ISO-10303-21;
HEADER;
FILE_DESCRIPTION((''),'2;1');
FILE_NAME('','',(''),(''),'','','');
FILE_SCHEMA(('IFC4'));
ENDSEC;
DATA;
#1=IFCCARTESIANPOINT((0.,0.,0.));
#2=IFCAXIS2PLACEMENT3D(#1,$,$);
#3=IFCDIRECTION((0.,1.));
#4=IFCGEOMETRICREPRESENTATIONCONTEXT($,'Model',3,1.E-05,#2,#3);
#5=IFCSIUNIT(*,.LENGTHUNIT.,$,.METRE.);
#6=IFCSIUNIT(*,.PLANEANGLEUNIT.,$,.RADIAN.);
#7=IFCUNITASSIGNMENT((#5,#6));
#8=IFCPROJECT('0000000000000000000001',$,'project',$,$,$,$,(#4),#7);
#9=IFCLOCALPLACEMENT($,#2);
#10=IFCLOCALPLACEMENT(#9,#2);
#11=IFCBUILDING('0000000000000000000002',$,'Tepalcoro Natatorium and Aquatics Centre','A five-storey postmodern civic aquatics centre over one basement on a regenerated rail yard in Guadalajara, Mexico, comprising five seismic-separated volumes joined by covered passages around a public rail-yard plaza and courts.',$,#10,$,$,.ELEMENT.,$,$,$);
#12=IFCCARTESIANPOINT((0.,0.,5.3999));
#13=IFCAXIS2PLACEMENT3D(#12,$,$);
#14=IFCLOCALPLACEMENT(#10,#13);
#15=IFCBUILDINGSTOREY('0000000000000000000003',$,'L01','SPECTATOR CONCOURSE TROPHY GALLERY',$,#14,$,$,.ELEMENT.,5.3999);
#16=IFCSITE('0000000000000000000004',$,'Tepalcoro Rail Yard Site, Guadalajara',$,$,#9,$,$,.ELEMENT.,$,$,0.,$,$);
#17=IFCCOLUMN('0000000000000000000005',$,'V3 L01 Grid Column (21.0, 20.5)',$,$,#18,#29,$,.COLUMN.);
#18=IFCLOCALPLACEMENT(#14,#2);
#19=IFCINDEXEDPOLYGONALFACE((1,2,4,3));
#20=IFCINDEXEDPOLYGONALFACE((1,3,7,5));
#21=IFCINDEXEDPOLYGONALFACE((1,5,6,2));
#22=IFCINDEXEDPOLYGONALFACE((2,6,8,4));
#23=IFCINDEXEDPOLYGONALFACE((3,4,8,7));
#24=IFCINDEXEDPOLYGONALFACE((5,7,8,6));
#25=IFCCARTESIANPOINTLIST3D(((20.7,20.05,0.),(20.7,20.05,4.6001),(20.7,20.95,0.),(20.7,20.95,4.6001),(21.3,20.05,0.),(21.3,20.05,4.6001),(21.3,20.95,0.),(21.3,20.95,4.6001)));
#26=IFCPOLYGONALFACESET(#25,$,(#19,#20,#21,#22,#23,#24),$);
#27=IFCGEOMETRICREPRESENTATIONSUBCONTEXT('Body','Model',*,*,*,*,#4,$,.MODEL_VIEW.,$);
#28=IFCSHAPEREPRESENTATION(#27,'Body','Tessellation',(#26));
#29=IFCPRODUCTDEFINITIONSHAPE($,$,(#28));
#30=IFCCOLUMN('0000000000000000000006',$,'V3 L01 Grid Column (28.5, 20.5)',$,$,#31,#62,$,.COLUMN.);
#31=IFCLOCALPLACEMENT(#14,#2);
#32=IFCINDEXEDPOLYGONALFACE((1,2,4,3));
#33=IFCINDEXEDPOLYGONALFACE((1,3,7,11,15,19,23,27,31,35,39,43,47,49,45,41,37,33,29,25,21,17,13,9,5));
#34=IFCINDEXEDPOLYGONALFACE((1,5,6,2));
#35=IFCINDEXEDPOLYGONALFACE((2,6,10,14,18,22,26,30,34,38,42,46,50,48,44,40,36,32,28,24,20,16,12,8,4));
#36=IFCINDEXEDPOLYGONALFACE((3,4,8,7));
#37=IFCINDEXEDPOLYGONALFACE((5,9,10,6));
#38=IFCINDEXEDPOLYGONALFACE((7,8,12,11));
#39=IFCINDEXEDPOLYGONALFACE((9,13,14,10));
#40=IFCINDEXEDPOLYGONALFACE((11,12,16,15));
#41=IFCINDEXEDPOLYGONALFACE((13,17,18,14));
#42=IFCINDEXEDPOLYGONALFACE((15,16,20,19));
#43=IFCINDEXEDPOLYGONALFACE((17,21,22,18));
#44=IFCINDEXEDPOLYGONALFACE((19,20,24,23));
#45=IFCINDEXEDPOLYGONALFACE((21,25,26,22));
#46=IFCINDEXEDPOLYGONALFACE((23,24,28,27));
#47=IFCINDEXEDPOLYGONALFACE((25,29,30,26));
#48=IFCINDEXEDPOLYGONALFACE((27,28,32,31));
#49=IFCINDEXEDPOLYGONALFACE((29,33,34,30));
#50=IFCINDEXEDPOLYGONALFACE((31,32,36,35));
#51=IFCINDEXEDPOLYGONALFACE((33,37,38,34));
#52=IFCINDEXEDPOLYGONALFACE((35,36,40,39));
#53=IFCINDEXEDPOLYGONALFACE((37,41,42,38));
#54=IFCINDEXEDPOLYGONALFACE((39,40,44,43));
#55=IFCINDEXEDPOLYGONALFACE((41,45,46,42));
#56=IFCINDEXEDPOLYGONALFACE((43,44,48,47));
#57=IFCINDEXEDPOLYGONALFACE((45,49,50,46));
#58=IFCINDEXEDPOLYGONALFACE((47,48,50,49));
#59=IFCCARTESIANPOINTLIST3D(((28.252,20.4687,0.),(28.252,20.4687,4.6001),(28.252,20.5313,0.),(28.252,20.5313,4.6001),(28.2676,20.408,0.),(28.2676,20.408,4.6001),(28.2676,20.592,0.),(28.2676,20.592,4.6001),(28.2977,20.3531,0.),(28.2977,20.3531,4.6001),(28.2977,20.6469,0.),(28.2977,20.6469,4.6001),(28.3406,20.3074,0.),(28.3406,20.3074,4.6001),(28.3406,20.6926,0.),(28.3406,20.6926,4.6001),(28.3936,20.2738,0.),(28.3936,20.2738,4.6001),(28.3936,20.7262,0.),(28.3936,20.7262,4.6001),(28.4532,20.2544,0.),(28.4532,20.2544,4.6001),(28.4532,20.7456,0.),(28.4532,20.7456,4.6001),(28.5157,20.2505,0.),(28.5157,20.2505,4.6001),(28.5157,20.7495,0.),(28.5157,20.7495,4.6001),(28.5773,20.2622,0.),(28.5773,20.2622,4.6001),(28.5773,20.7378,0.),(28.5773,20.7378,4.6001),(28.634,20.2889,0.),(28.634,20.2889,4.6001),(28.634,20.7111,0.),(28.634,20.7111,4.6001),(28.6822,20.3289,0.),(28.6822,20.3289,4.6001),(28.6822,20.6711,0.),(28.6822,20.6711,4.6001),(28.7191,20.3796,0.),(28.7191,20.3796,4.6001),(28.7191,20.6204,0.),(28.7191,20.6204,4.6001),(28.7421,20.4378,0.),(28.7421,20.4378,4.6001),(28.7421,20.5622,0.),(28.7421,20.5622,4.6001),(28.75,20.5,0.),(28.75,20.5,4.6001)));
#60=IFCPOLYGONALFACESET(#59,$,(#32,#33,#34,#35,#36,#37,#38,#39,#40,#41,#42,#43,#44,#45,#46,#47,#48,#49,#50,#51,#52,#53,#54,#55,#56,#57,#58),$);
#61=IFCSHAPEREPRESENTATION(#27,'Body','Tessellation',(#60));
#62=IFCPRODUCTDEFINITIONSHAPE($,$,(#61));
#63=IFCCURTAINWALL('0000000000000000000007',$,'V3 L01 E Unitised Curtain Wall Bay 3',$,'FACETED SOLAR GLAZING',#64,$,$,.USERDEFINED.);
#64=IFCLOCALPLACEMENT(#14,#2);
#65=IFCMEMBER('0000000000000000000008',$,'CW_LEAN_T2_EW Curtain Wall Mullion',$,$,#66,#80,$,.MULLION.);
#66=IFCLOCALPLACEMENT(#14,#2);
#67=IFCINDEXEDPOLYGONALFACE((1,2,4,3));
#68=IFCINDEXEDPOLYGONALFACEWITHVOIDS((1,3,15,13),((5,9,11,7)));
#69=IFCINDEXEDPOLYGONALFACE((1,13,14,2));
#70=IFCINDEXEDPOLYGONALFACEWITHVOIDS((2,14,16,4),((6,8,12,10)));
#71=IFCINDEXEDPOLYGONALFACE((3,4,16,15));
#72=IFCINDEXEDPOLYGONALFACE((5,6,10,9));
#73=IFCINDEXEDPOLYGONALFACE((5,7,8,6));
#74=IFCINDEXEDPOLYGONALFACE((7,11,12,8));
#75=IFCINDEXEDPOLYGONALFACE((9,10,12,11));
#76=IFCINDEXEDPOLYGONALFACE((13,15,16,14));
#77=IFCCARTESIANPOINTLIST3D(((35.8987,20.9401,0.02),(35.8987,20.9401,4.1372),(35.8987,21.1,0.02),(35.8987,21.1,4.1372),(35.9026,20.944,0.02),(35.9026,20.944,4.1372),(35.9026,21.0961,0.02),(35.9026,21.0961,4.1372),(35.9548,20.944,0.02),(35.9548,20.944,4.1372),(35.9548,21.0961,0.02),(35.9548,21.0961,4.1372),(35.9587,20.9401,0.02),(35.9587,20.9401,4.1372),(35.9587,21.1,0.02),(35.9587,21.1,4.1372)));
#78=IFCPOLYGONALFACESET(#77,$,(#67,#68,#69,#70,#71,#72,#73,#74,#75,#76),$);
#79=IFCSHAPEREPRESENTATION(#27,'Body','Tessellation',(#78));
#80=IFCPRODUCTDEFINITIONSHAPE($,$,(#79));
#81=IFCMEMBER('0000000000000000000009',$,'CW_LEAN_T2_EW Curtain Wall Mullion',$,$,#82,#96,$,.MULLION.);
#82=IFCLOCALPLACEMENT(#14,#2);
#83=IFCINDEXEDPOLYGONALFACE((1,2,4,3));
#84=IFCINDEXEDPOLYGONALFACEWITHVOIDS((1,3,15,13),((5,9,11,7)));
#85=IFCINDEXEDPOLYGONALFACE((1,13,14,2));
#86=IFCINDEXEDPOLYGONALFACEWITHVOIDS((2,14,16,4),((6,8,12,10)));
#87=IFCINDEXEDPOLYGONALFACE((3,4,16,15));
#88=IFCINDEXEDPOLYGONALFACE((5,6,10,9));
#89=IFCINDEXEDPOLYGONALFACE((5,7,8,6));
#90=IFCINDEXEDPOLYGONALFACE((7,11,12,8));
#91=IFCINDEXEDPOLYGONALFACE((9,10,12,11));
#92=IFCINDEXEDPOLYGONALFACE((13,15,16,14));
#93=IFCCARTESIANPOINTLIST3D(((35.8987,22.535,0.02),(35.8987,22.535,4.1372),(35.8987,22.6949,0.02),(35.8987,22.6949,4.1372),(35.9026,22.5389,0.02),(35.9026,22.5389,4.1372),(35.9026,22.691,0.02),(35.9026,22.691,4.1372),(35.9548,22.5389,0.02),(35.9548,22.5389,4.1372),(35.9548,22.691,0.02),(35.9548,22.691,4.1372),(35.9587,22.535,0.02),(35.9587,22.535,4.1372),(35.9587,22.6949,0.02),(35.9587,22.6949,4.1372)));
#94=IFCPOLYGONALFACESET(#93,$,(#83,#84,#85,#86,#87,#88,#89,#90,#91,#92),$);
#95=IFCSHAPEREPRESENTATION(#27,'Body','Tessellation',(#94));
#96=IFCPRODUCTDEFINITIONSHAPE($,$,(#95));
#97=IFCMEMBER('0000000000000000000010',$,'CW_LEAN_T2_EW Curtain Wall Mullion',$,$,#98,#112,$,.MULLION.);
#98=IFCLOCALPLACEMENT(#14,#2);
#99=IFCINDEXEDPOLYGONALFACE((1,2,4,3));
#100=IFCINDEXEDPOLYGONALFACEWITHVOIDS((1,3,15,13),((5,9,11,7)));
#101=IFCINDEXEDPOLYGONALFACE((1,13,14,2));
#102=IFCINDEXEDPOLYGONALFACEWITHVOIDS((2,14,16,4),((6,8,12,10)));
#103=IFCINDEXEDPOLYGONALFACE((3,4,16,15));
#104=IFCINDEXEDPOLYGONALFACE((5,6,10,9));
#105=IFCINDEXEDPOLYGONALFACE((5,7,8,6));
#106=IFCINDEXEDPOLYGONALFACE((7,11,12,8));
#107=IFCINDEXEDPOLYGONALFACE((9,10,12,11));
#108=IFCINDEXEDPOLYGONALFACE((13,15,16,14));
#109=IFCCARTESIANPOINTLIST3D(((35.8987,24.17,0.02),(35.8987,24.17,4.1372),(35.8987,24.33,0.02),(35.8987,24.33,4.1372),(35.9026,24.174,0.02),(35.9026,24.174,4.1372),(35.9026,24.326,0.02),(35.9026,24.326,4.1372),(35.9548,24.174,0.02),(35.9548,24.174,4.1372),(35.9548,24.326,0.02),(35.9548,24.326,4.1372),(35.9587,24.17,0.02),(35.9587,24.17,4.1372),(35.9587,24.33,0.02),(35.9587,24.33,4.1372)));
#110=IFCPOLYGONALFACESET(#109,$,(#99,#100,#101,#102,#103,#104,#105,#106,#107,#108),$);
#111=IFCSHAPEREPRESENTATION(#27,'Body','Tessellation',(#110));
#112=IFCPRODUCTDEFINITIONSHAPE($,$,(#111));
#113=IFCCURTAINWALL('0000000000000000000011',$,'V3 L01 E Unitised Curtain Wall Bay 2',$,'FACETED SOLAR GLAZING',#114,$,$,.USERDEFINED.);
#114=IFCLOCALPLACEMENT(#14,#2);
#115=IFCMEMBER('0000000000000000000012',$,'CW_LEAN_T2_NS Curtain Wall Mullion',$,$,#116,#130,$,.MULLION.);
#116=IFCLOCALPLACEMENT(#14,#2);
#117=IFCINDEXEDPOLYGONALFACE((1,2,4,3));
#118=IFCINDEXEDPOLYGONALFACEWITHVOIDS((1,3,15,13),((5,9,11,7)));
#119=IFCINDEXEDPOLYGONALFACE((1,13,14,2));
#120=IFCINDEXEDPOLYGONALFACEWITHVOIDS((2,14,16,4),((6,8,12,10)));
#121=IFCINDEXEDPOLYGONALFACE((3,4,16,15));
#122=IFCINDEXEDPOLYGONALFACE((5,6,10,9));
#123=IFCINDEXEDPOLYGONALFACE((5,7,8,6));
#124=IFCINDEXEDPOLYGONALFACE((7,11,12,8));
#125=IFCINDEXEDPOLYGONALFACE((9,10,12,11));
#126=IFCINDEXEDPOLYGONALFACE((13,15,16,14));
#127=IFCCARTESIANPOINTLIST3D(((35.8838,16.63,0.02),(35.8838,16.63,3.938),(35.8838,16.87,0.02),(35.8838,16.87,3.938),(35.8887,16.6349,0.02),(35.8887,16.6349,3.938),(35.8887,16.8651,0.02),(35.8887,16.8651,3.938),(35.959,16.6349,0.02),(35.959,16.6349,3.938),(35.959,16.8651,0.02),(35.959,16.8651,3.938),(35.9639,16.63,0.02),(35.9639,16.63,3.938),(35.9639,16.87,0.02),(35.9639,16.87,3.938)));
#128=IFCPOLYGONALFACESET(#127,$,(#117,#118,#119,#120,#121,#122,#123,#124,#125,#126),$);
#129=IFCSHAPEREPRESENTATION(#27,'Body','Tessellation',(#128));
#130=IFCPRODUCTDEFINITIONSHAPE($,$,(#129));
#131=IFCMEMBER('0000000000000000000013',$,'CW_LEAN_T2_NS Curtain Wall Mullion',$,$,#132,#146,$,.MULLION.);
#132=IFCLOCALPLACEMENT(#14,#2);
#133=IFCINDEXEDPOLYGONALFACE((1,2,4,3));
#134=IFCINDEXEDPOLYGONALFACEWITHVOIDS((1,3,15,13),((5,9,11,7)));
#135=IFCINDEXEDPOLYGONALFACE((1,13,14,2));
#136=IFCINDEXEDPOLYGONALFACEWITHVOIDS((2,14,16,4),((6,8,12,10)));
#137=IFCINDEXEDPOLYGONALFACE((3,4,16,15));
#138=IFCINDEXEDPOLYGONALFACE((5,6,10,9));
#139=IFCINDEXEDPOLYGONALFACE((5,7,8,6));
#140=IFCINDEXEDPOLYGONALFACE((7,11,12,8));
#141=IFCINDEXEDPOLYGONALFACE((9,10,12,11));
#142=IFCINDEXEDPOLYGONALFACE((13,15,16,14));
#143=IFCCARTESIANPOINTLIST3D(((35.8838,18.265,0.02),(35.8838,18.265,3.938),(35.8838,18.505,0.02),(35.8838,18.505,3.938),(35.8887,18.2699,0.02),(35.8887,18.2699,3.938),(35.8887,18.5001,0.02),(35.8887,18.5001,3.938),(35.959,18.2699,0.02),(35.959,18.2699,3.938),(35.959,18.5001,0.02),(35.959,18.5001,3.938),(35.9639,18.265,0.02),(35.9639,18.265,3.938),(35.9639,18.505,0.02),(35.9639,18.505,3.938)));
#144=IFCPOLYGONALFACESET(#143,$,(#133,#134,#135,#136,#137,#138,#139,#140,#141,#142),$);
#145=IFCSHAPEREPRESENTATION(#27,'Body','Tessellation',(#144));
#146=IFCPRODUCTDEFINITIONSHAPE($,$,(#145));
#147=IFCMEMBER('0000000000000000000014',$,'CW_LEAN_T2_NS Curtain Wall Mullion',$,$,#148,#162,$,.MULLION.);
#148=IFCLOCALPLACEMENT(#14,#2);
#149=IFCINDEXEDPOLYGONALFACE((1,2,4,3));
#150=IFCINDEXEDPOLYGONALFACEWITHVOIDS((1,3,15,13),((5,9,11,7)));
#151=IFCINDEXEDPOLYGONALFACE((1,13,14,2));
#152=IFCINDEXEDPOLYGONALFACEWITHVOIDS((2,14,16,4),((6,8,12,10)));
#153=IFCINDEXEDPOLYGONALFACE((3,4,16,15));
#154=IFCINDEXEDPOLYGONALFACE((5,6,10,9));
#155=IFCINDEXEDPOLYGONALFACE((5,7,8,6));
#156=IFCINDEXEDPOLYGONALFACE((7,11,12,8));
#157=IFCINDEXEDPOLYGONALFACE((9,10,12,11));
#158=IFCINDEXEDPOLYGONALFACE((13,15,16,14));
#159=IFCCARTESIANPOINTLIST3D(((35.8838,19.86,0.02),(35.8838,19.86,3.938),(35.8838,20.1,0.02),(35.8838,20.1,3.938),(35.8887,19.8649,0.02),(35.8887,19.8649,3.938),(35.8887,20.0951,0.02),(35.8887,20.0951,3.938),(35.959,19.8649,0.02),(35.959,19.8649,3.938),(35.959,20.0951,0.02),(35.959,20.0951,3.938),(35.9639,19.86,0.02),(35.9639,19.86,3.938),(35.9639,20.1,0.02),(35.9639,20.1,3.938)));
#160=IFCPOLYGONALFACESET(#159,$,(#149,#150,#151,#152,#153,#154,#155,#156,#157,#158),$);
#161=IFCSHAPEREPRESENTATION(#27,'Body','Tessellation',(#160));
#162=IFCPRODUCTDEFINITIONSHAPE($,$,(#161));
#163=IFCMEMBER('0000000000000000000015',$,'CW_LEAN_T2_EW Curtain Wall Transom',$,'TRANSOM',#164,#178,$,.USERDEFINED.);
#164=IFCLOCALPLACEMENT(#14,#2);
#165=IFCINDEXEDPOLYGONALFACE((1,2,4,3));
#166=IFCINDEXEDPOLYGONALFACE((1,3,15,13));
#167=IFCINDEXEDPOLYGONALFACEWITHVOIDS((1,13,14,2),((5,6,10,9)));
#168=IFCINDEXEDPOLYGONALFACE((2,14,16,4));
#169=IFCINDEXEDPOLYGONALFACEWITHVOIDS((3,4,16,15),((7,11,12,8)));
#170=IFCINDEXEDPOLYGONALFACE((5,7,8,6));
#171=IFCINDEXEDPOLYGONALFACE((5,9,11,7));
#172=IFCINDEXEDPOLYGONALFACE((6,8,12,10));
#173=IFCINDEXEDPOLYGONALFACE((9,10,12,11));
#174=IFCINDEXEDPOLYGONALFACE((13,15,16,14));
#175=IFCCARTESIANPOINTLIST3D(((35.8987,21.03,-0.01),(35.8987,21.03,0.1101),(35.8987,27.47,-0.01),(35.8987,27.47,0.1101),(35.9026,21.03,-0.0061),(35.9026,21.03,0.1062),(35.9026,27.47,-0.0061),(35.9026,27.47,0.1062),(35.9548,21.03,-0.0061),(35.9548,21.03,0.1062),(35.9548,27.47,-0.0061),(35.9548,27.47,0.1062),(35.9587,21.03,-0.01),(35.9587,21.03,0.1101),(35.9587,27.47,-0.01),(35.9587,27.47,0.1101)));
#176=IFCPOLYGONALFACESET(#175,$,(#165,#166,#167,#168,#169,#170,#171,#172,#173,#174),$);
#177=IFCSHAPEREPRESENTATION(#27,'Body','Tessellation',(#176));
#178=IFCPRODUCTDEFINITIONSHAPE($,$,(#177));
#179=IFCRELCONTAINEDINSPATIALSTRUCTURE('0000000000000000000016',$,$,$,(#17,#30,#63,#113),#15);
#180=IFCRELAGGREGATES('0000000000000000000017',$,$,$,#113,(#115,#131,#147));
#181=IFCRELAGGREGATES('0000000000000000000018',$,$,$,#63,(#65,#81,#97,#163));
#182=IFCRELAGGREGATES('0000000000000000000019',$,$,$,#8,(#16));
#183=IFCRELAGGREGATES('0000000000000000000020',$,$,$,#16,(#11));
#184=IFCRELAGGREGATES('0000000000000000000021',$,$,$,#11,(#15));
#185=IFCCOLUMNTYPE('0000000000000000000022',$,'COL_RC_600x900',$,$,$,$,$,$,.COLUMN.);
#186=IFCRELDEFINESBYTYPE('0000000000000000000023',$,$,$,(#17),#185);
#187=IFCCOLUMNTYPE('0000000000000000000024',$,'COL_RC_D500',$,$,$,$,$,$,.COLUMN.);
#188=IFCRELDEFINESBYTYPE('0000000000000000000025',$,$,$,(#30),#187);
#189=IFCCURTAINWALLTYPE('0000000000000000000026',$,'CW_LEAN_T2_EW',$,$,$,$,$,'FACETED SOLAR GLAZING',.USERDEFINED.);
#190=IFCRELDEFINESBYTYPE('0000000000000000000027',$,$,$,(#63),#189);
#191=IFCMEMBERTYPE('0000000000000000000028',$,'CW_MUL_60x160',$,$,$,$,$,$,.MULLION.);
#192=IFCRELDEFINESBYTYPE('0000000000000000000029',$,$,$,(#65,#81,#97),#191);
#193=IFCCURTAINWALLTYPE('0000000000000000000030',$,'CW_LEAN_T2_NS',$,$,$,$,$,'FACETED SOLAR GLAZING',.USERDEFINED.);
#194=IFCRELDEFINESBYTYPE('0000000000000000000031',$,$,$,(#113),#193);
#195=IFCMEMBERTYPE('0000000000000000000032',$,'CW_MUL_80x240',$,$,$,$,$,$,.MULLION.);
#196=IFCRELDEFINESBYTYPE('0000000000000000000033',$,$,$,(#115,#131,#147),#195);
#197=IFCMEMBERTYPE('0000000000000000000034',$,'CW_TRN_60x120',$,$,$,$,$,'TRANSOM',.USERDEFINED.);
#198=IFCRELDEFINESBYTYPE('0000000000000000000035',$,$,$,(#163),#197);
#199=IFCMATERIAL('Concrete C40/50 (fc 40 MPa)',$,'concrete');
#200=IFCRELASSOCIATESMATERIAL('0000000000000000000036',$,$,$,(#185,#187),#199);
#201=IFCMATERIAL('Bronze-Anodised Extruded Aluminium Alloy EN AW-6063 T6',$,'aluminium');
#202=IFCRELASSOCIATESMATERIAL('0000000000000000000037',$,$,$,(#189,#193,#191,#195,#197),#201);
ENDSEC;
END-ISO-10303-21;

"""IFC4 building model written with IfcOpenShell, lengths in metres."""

from ifc_helpers import new_model, si_unit, direction, frame, origin, origin_2d, place, context, subcontext, project, spatial, rectangle, hollow_rectangle, circle, extrude, material, material_profile, profile_set, type_object, element, aggregate, save


model = new_model("IFC4")

# Units and contexts
model_context = context("Model", 3, precision=1e-05, world=origin(), true_north=direction((0.0, 1.0)))
body_context = subcontext(model_context, "Body", "Model", "MODEL_VIEW")
ifc_project = project(units=[si_unit("LENGTHUNIT", "METRE"), si_unit("PLANEANGLEUNIT", "RADIAN")], contexts=[model_context])

# Site, building, storey
site_placement = place(None, origin())
site = spatial("IfcSite", under=ifc_project, at=site_placement, Name="Tepalcoro Rail Yard Site, Guadalajara", CompositionType="ELEMENT", RefElevation=0.0)
building_placement = place(site_placement, origin())
building = spatial("IfcBuilding", under=site, at=building_placement, Name="Tepalcoro Natatorium and Aquatics Centre", Description="A five-storey postmodern civic aquatics centre over one basement on a regenerated rail yard in Guadalajara, Mexico, comprising five seismic-separated volumes joined by covered passages around a public rail-yard plaza and courts.", CompositionType="ELEMENT")
storey_placement = place(building_placement, frame((0.0, 0.0, 5.3999)))
storey = spatial("IfcBuildingStorey", under=building, at=storey_placement, Name="L01", Description="SPECTATOR CONCOURSE TROPHY GALLERY", CompositionType="ELEMENT", Elevation=5.3999)

# Columns
ifc_material_1 = material(Name="Concrete C40/50 (fc 40 MPa)", Category="concrete")
ifc_material_profile_1 = material_profile(ifc_material_1, rectangle(XDim=0.6001, YDim=0.8999, at=origin_2d()), Name="RC600x900")
ifc_profile_set_1 = profile_set([ifc_material_profile_1], Name="Concrete C40/50 (fc 40 MPa)")
column_type_1 = type_object("IfcColumnType", Name="COL_RC_600x900", PredefinedType="COLUMN", material=ifc_profile_set_1)
column_1_placement = place(storey_placement, frame((21.0, 20.5, 0.0), z_axis=(0.0, 0.0, 1.0), x_axis=(1.0, 0.0, 0.0)))
element("IfcColumn", 1, at=column_1_placement, inside=storey, type_object=column_type_1, Name="V3 L01 Grid Column (21.0, 20.5)", PredefinedType="COLUMN", context=body_context, shape_type="SweptSolid", body=[
    extrude(rectangle(XDim=0.6001, YDim=0.8999, at=origin_2d()), origin(), (0.0, 0.0, 1.0), 4.6001),
])
ifc_material_profile_2 = material_profile(ifc_material_1, circle(Radius=0.25, at=origin_2d()), Name="RCD500")
ifc_profile_set_2 = profile_set([ifc_material_profile_2], Name="Concrete C40/50 (fc 40 MPa)")
column_type_2 = type_object("IfcColumnType", Name="COL_RC_D500", PredefinedType="COLUMN", material=ifc_profile_set_2)
column_2_placement = place(storey_placement, frame((28.5, 20.5, 0.0), z_axis=(0.0, 0.0, 1.0), x_axis=(1.0, 0.0, 0.0)))
element("IfcColumn", 2, at=column_2_placement, inside=storey, type_object=column_type_2, Name="V3 L01 Grid Column (28.5, 20.5)", PredefinedType="COLUMN", context=body_context, shape_type="SweptSolid", body=[
    extrude(circle(Radius=0.25, at=origin_2d()), origin(), (0.0, 0.0, 1.0), 4.6001),
])

# Curtain walls, members
ifc_material_2 = material(Name="Bronze-Anodised Extruded Aluminium Alloy EN AW-6063 T6", Category="aluminium")
curtain_wall_type_1 = type_object("IfcCurtainWallType", Name="CW_LEAN_T2_EW", ElementType="FACETED SOLAR GLAZING", PredefinedType="USERDEFINED", material=ifc_material_2)
curtain_wall_1_placement = place(storey_placement, origin())
curtain_wall_1 = element("IfcCurtainWall", 3, at=curtain_wall_1_placement, inside=storey, type_object=curtain_wall_type_1, Name="V3 L01 E Unitised Curtain Wall Bay 3", ObjectType="FACETED SOLAR GLAZING", PredefinedType="USERDEFINED")
ifc_material_profile_3 = material_profile(ifc_material_2, hollow_rectangle(XDim=0.0601, YDim=0.1599, WallThickness=0.0039, at=origin_2d()), Name="AL60X160X4")
ifc_profile_set_3 = profile_set([ifc_material_profile_3], Name="Bronze-Anodised Extruded Aluminium Alloy EN AW-6063 T6")
member_type_1 = type_object("IfcMemberType", Name="CW_MUL_60x160", PredefinedType="MULLION", material=ifc_profile_set_3)
member_1_placement = place(storey_placement, frame((35.9287, 21.02, 0.02), z_axis=(0.0, 0.0, 1.0), x_axis=(1.0, 0.0, 0.0)))
member_1 = element("IfcMember", 4, at=member_1_placement, type_object=member_type_1, Name="CW_LEAN_T2_EW Curtain Wall Mullion", PredefinedType="MULLION", context=body_context, shape_type="SweptSolid", body=[
    extrude(hollow_rectangle(XDim=0.0601, YDim=0.1599, WallThickness=0.0039, at=origin_2d()), origin(), (0.0, 0.0, 1.0), 4.1172),
])
member_2_placement = place(storey_placement, frame((35.9287, 22.615, 0.02), z_axis=(0.0, 0.0, 1.0), x_axis=(1.0, 0.0, 0.0)))
member_2 = element("IfcMember", 5, at=member_2_placement, type_object=member_type_1, Name="CW_LEAN_T2_EW Curtain Wall Mullion", PredefinedType="MULLION", context=body_context, shape_type="SweptSolid", body=[
    extrude(hollow_rectangle(XDim=0.0601, YDim=0.1599, WallThickness=0.0039, at=origin_2d()), origin(), (0.0, 0.0, 1.0), 4.1172),
])
member_3_placement = place(storey_placement, frame((35.9287, 24.25, 0.02), z_axis=(0.0, 0.0, 1.0), x_axis=(1.0, 0.0, 0.0)))
member_3 = element("IfcMember", 6, at=member_3_placement, type_object=member_type_1, Name="CW_LEAN_T2_EW Curtain Wall Mullion", PredefinedType="MULLION", context=body_context, shape_type="SweptSolid", body=[
    extrude(hollow_rectangle(XDim=0.0601, YDim=0.1599, WallThickness=0.0039, at=origin_2d()), origin(), (0.0, 0.0, 1.0), 4.1172),
])
curtain_wall_type_2 = type_object("IfcCurtainWallType", Name="CW_LEAN_T2_NS", ElementType="FACETED SOLAR GLAZING", PredefinedType="USERDEFINED", material=ifc_material_2)
curtain_wall_2_placement = place(storey_placement, origin())
curtain_wall_2 = element("IfcCurtainWall", 7, at=curtain_wall_2_placement, inside=storey, type_object=curtain_wall_type_2, Name="V3 L01 E Unitised Curtain Wall Bay 2", ObjectType="FACETED SOLAR GLAZING", PredefinedType="USERDEFINED")
ifc_material_profile_4 = material_profile(ifc_material_2, hollow_rectangle(XDim=0.0801, YDim=0.24, WallThickness=0.0049, at=origin_2d()), Name="AL80X240X5")
ifc_profile_set_4 = profile_set([ifc_material_profile_4], Name="Bronze-Anodised Extruded Aluminium Alloy EN AW-6063 T6")
member_type_2 = type_object("IfcMemberType", Name="CW_MUL_80x240", PredefinedType="MULLION", material=ifc_profile_set_4)
member_4_placement = place(storey_placement, frame((35.9238, 16.75, 0.02), z_axis=(0.0, 0.0, 1.0), x_axis=(1.0, 0.0, 0.0)))
member_4 = element("IfcMember", 8, at=member_4_placement, type_object=member_type_2, Name="CW_LEAN_T2_NS Curtain Wall Mullion", PredefinedType="MULLION", context=body_context, shape_type="SweptSolid", body=[
    extrude(hollow_rectangle(XDim=0.0801, YDim=0.24, WallThickness=0.0049, at=origin_2d()), origin(), (0.0, 0.0, 1.0), 3.918),
])
member_5_placement = place(storey_placement, frame((35.9238, 18.385, 0.02), z_axis=(0.0, 0.0, 1.0), x_axis=(1.0, 0.0, 0.0)))
member_5 = element("IfcMember", 9, at=member_5_placement, type_object=member_type_2, Name="CW_LEAN_T2_NS Curtain Wall Mullion", PredefinedType="MULLION", context=body_context, shape_type="SweptSolid", body=[
    extrude(hollow_rectangle(XDim=0.0801, YDim=0.24, WallThickness=0.0049, at=origin_2d()), origin(), (0.0, 0.0, 1.0), 3.918),
])
member_6_placement = place(storey_placement, frame((35.9238, 19.98, 0.02), z_axis=(0.0, 0.0, 1.0), x_axis=(1.0, 0.0, 0.0)))
member_6 = element("IfcMember", 10, at=member_6_placement, type_object=member_type_2, Name="CW_LEAN_T2_NS Curtain Wall Mullion", PredefinedType="MULLION", context=body_context, shape_type="SweptSolid", body=[
    extrude(hollow_rectangle(XDim=0.0801, YDim=0.24, WallThickness=0.0049, at=origin_2d()), origin(), (0.0, 0.0, 1.0), 3.918),
])

# Member
ifc_material_profile_5 = material_profile(ifc_material_2, hollow_rectangle(XDim=0.0601, YDim=0.1201, WallThickness=0.0039, at=origin_2d()), Name="AL60X120X4")
ifc_profile_set_5 = profile_set([ifc_material_profile_5], Name="Bronze-Anodised Extruded Aluminium Alloy EN AW-6063 T6")
member_type_3 = type_object("IfcMemberType", Name="CW_TRN_60x120", ElementType="TRANSOM", PredefinedType="USERDEFINED", material=ifc_profile_set_5)
member_7_placement = place(storey_placement, frame((35.9287, 21.03, 0.05), z_axis=(0.0, 1.0, 0.0), x_axis=(-1.0, 0.0, 0.0)))
member_7 = element("IfcMember", 11, at=member_7_placement, type_object=member_type_3, Name="CW_LEAN_T2_EW Curtain Wall Transom", ObjectType="TRANSOM", PredefinedType="USERDEFINED", context=body_context, shape_type="SweptSolid", body=[
    extrude(hollow_rectangle(XDim=0.0601, YDim=0.1201, WallThickness=0.0039, at=origin_2d()), origin(), (0.0, 0.0, 1.0), 6.4399),
])

aggregate(curtain_wall_2, [member_4, member_5, member_6])
aggregate(curtain_wall_1, [member_1, member_2, member_3, member_7])

save(model, "model.ifc")
